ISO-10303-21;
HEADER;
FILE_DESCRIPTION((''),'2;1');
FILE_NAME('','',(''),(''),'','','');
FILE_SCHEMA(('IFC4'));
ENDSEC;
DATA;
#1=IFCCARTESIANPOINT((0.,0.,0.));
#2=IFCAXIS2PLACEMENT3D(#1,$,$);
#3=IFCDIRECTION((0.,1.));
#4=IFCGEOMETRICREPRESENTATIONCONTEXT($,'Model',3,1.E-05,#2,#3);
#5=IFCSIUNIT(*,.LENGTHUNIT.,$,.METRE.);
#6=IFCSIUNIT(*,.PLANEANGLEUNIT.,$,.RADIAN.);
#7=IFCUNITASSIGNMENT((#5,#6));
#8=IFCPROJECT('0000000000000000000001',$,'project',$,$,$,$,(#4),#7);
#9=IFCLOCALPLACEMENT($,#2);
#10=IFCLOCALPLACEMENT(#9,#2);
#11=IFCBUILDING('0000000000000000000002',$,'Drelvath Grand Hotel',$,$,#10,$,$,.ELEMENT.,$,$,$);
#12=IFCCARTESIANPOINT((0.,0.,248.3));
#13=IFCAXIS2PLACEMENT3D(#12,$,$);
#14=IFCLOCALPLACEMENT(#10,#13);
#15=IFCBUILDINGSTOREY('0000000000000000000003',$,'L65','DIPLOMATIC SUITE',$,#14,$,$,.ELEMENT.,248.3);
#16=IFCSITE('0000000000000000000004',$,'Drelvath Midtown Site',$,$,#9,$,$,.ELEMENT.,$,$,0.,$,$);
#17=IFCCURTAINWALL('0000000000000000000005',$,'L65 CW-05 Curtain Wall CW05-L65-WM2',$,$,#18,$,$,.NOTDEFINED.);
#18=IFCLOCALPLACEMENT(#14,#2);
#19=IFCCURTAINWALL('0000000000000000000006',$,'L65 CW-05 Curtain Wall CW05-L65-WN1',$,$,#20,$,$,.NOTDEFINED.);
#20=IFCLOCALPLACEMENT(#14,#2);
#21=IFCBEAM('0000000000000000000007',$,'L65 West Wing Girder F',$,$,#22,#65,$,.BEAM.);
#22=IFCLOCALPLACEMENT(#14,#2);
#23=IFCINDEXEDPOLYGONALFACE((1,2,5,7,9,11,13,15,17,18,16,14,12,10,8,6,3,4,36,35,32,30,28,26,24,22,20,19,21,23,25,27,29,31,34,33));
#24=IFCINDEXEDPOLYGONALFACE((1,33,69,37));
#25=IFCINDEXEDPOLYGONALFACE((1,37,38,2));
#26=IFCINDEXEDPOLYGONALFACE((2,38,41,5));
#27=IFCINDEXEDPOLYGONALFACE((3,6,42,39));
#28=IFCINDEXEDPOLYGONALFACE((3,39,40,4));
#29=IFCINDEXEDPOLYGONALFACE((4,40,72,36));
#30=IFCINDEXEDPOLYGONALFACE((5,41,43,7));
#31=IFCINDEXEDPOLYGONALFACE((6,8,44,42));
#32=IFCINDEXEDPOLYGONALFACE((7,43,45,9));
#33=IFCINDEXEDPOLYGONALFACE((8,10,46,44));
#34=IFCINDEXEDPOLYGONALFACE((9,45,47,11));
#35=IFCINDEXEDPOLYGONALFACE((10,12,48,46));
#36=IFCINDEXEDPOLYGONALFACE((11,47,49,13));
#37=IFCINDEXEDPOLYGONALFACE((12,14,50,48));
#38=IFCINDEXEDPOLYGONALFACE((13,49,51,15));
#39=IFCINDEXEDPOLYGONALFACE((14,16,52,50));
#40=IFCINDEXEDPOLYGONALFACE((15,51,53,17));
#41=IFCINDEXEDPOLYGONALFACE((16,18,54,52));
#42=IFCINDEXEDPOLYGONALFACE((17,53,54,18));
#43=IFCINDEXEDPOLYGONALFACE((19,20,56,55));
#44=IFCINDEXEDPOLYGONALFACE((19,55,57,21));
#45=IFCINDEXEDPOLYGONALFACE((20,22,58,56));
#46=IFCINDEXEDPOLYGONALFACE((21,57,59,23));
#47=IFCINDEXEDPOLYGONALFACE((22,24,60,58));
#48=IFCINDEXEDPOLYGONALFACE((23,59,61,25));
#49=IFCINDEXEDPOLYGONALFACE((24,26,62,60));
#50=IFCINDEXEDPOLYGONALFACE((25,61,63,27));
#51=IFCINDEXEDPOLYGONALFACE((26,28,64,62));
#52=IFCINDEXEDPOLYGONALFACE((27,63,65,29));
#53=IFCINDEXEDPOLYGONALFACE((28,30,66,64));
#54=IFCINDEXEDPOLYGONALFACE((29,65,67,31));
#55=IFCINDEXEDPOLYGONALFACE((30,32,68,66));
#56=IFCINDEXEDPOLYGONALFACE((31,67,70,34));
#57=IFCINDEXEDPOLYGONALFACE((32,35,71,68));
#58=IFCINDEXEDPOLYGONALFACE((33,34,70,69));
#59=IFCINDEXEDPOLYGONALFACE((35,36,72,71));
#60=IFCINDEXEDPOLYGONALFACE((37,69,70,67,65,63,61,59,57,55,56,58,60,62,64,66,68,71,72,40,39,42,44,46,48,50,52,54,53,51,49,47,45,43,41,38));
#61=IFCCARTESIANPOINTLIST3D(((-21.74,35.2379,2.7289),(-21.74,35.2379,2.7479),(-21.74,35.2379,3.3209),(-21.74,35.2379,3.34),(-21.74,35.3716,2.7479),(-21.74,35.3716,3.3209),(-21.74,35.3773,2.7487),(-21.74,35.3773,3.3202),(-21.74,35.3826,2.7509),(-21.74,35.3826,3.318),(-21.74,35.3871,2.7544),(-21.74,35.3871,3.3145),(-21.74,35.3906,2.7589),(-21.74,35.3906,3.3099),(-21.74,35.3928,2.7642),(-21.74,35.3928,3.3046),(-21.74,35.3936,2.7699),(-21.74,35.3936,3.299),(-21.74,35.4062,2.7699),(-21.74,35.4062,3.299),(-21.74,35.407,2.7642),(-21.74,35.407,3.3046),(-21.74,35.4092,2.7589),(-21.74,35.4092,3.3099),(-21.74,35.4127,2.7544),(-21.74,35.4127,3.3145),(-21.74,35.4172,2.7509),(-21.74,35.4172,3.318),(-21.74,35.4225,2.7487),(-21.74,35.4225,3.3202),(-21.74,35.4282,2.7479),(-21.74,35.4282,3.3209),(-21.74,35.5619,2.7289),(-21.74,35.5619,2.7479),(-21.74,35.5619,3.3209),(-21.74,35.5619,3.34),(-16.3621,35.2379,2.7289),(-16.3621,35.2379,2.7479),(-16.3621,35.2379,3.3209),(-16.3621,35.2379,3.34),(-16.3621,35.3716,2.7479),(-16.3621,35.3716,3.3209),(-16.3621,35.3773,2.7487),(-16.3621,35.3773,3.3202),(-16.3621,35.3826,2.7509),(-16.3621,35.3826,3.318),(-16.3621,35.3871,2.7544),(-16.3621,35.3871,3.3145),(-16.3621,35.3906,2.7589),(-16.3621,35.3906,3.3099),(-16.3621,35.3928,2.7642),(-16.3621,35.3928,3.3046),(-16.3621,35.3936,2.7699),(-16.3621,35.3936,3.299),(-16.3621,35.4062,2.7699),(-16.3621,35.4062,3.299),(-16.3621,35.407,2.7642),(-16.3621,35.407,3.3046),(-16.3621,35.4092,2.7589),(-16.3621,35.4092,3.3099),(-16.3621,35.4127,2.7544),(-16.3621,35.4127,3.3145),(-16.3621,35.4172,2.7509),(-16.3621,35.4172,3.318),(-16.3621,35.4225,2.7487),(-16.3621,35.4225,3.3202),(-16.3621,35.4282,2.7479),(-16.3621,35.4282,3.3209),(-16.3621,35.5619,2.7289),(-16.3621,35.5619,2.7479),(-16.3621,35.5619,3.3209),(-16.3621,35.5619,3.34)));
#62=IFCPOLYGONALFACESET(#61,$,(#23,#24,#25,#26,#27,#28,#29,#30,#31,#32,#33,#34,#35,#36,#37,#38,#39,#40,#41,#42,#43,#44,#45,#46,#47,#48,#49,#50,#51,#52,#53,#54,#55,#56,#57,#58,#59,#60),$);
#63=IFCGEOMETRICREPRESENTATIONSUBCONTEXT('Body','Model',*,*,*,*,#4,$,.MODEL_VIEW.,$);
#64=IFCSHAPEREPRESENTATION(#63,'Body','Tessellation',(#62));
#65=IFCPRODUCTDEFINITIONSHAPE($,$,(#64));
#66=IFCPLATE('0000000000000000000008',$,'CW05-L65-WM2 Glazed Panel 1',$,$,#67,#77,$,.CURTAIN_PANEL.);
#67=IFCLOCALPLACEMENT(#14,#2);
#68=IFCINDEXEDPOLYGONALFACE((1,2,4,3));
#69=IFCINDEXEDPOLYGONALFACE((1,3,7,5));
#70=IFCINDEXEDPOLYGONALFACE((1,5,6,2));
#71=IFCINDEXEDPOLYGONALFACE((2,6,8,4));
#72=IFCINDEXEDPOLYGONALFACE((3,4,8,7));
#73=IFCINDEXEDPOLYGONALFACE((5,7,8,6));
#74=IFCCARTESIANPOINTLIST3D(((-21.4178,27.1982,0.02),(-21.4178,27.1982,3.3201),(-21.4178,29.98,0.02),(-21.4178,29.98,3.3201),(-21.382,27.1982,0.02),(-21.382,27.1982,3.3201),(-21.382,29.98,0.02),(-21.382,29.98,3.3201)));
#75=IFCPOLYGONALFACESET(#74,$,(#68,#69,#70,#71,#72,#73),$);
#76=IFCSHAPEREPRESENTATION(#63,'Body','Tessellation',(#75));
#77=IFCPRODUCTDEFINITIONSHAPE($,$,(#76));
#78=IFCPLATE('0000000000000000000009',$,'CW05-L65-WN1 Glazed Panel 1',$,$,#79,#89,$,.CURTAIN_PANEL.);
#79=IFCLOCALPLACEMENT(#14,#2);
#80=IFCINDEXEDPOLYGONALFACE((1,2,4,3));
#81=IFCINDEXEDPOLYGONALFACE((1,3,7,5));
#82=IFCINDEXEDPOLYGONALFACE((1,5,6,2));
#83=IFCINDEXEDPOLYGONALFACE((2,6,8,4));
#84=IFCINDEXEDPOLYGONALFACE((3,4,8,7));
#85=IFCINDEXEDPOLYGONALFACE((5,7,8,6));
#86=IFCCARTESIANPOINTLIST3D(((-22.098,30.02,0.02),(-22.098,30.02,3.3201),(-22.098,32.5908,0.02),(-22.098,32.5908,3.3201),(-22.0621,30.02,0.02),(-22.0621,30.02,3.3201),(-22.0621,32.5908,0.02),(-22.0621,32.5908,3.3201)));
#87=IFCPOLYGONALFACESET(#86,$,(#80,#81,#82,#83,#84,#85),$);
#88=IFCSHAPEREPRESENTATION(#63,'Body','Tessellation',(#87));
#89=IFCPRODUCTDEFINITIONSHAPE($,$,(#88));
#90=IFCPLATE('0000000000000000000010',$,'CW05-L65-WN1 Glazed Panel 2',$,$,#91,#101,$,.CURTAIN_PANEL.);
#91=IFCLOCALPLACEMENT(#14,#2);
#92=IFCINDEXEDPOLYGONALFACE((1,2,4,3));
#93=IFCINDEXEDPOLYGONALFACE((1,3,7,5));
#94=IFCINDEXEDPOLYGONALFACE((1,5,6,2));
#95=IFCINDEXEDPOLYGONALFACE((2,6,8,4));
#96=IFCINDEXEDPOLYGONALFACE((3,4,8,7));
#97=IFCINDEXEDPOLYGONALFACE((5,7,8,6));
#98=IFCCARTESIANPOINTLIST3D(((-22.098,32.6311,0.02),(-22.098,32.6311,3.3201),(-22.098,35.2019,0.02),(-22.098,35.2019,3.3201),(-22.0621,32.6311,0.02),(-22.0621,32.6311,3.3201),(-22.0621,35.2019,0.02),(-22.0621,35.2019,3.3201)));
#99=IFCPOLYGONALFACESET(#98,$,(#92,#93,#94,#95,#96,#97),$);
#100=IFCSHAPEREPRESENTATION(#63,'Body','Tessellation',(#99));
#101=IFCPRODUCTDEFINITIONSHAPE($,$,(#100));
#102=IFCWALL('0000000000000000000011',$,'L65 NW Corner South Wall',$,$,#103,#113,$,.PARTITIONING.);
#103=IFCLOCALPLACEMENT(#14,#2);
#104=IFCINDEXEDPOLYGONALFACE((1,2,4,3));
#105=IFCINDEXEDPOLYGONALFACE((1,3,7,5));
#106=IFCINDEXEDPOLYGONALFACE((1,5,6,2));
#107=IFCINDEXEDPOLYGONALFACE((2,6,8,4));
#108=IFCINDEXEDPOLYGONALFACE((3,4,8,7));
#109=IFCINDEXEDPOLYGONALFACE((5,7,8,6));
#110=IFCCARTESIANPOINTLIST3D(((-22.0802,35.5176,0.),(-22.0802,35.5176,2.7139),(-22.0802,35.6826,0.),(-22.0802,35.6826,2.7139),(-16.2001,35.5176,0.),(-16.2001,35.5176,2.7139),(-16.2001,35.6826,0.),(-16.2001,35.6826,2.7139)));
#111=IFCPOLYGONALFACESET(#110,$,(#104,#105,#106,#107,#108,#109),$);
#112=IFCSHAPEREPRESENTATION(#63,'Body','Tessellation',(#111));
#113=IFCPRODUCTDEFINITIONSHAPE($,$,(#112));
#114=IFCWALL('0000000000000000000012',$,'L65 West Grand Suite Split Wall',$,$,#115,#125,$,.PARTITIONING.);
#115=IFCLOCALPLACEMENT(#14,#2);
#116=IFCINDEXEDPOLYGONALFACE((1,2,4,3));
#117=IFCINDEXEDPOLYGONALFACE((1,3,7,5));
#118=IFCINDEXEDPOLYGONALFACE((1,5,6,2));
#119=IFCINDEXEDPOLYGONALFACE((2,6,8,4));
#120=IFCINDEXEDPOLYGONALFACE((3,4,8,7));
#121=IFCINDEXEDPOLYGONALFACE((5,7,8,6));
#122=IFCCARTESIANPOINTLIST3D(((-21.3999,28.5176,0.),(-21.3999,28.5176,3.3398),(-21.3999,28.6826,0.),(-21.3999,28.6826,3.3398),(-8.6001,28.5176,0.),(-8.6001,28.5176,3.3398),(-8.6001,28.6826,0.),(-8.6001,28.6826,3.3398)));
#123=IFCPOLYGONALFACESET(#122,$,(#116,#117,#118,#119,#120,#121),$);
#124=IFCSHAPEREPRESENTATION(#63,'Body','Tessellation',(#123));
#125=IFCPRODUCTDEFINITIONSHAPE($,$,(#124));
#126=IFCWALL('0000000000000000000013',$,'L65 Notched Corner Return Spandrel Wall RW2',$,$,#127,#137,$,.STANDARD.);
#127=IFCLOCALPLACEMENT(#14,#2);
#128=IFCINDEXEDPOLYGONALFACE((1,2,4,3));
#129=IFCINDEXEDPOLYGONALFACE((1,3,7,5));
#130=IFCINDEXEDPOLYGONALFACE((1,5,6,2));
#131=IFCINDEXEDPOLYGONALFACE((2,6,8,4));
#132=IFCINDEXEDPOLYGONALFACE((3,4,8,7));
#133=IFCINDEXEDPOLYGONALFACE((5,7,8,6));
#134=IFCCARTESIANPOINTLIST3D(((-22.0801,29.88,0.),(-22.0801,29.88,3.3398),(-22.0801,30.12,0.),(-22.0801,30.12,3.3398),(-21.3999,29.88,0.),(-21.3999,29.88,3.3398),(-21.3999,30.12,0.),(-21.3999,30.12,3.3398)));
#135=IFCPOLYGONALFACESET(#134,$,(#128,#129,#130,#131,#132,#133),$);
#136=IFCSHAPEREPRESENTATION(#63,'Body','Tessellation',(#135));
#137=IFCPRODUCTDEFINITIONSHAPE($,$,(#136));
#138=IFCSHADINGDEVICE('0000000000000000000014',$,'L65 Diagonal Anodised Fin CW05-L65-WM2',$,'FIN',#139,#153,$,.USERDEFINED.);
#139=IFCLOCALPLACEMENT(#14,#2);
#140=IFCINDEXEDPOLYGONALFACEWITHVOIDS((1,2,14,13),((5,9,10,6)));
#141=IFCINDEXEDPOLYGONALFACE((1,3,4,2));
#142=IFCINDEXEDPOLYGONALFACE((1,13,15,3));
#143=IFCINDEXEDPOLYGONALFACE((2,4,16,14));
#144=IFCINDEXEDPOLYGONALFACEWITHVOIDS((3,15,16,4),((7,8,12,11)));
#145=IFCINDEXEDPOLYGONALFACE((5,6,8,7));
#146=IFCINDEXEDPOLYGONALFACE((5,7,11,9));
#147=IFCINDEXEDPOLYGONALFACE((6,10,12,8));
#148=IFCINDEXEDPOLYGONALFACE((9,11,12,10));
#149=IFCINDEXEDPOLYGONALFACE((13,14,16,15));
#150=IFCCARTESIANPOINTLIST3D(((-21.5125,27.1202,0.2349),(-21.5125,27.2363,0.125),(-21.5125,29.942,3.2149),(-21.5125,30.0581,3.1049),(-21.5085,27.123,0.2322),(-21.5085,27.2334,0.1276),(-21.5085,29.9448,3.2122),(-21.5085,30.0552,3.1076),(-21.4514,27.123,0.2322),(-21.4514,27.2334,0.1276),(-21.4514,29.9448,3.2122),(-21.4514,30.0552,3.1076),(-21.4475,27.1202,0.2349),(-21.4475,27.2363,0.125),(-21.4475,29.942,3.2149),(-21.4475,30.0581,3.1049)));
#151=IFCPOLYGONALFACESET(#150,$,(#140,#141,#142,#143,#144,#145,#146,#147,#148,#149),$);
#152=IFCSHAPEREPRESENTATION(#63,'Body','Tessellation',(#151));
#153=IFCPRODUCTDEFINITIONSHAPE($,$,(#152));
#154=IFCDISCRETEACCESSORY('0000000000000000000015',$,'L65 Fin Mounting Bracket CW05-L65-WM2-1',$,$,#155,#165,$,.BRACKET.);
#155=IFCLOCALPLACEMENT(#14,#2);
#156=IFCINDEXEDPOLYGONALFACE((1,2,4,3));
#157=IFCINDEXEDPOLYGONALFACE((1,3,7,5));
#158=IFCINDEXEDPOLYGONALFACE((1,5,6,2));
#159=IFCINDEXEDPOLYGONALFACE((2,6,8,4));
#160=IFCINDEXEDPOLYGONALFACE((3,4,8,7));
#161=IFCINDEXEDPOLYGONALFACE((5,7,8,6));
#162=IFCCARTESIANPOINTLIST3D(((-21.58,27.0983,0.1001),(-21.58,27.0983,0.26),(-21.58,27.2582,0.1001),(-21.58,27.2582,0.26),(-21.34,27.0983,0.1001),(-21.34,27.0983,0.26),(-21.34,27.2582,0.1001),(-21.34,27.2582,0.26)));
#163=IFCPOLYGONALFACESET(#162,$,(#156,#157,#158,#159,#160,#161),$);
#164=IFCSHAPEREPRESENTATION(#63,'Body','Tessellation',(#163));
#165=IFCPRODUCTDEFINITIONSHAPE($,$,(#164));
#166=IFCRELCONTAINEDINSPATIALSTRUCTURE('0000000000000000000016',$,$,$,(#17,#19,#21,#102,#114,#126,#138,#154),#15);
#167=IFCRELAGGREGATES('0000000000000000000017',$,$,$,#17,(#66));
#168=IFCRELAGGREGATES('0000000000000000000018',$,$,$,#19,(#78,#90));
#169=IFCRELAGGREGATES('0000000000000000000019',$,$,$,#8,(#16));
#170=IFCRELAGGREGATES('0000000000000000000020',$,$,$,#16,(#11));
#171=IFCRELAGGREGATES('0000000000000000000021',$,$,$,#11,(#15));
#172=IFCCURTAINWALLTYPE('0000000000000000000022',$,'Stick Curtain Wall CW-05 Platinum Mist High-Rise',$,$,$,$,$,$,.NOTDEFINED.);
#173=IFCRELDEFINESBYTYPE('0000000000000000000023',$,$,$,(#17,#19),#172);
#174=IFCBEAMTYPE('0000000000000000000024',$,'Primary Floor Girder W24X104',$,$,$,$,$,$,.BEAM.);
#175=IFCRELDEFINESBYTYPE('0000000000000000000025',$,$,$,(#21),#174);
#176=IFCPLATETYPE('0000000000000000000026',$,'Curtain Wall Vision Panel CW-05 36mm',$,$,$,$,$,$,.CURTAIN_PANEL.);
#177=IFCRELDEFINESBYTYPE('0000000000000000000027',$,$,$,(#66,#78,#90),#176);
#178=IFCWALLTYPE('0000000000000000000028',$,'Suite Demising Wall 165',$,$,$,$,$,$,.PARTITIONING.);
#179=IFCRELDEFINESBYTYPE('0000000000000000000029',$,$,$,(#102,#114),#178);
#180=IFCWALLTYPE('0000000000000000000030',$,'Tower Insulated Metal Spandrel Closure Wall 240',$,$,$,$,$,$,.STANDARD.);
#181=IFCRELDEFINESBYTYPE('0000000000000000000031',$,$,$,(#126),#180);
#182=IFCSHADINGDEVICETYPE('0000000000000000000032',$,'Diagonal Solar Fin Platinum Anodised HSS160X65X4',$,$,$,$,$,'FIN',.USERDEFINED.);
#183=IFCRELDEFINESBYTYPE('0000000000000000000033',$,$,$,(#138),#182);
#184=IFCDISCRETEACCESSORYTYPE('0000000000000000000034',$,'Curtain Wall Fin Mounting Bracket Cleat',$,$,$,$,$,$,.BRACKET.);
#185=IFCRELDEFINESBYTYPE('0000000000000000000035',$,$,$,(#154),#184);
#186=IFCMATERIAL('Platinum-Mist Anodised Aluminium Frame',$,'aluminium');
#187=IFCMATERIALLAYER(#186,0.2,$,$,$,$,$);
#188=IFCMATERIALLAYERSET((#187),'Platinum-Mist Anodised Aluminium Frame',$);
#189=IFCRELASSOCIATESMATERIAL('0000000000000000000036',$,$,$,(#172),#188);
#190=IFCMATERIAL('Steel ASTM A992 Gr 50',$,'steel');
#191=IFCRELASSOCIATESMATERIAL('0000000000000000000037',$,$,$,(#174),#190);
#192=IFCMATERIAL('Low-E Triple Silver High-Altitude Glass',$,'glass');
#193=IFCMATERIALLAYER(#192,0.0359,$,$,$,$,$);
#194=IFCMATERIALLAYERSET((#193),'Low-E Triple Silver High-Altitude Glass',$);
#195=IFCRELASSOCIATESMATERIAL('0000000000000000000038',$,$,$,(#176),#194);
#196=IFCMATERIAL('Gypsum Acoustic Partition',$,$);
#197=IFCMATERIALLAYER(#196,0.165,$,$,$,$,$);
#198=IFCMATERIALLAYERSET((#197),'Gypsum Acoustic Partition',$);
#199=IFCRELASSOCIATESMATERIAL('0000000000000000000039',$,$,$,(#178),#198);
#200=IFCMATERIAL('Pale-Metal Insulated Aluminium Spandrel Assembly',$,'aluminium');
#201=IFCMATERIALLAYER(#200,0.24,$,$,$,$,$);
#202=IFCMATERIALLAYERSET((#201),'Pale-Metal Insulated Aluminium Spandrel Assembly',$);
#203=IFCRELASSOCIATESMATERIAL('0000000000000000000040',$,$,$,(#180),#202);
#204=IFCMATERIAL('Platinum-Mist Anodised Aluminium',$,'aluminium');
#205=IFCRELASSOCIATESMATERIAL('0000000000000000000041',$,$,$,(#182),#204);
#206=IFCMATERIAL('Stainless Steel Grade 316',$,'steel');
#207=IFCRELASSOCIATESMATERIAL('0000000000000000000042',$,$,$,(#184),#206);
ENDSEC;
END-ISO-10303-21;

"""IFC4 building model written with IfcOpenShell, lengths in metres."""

from ifc_helpers import new_model, si_unit, direction, frame, frame_2d, origin, origin_2d, place, context, subcontext, project, spatial, rectangle, hollow_rectangle, i_section, extrude, material, layer, layer_set, material_profile, profile_set, type_object, element, aggregate, save


model = new_model("IFC4")

# Units and contexts
model_context = context("Model", 3, precision=1e-05, world=origin(), true_north=direction((0.0, 1.0)))
body_context = subcontext(model_context, "Body", "Model", "MODEL_VIEW")
ifc_project = project(units=[si_unit("LENGTHUNIT", "METRE"), si_unit("PLANEANGLEUNIT", "RADIAN")], contexts=[model_context])

# Site, building, storey
site_placement = place(None, origin())
site = spatial("IfcSite", under=ifc_project, at=site_placement, Name="Drelvath Midtown Site", CompositionType="ELEMENT", RefElevation=0.0)
building_placement = place(site_placement, origin())
building = spatial("IfcBuilding", under=site, at=building_placement, Name="Drelvath Grand Hotel", CompositionType="ELEMENT")
storey_placement = place(building_placement, frame((0.0, 0.0, 248.3)))
storey = spatial("IfcBuildingStorey", under=building, at=storey_placement, Name="L65", Description="DIPLOMATIC SUITE", CompositionType="ELEMENT", Elevation=248.3)

# Curtain walls
ifc_material_1 = material(Name="Platinum-Mist Anodised Aluminium Frame", Category="aluminium")
ifc_layer_1 = layer(ifc_material_1, 0.2)
ifc_layer_set_1 = layer_set([ifc_layer_1], Name="Platinum-Mist Anodised Aluminium Frame")
curtain_wall_type = type_object("IfcCurtainWallType", Name="Stick Curtain Wall CW-05 Platinum Mist High-Rise", PredefinedType="NOTDEFINED", material=ifc_layer_set_1)
curtain_wall_1_placement = place(storey_placement, origin())
curtain_wall_1 = element("IfcCurtainWall", 1, at=curtain_wall_1_placement, inside=storey, type_object=curtain_wall_type, Name="L65 CW-05 Curtain Wall CW05-L65-WM2", PredefinedType="NOTDEFINED")
curtain_wall_2_placement = place(storey_placement, origin())
curtain_wall_2 = element("IfcCurtainWall", 2, at=curtain_wall_2_placement, inside=storey, type_object=curtain_wall_type, Name="L65 CW-05 Curtain Wall CW05-L65-WN1", PredefinedType="NOTDEFINED")

# Beam
ifc_material_2 = material(Name="Steel ASTM A992 Gr 50", Category="steel")
ifc_material_profile_1 = material_profile(ifc_material_2, i_section(OverallWidth=0.324, OverallDepth=0.6111, WebThickness=0.0127, FlangeThickness=0.019, FilletRadius=0.022, at=origin_2d()), Name="W24X104")
ifc_profile_set_1 = profile_set([ifc_material_profile_1], Name="Steel ASTM A992 Gr 50")
beam_type_1 = type_object("IfcBeamType", Name="Primary Floor Girder W24X104", PredefinedType="BEAM", material=ifc_profile_set_1)
beam_1_placement = place(storey_placement, frame((-21.74, 35.3999, 3.0344), z_axis=(1.0, 0.0, 0.0), x_axis=(0.0, 1.0, 0.0)))
element("IfcBeam", 3, at=beam_1_placement, inside=storey, type_object=beam_type_1, Name="L65 West Wing Girder F", PredefinedType="BEAM", context=body_context, shape_type="SweptSolid", body=[
    extrude(i_section(OverallWidth=0.324, OverallDepth=0.6111, WebThickness=0.0127, FlangeThickness=0.019, FilletRadius=0.022, at=origin_2d()), origin(), (0.0, 0.0, 1.0), 5.3779),
])

# Plates
ifc_material_3 = material(Name="Low-E Triple Silver High-Altitude Glass", Category="glass")
ifc_layer_2 = layer(ifc_material_3, 0.0359)
ifc_layer_set_2 = layer_set([ifc_layer_2], Name="Low-E Triple Silver High-Altitude Glass")
plate_type = type_object("IfcPlateType", Name="Curtain Wall Vision Panel CW-05 36mm", PredefinedType="CURTAIN_PANEL", material=ifc_layer_set_2)
plate_1_placement = place(storey_placement, frame((-21.3999, 28.5891, 0.02), z_axis=(0.0, 0.0, 1.0), x_axis=(0.0, 1.0, 0.0)))
plate_1 = element("IfcPlate", 4, at=plate_1_placement, type_object=plate_type, Name="CW05-L65-WM2 Glazed Panel 1", PredefinedType="CURTAIN_PANEL", context=body_context, shape_type="SweptSolid", body=[
    extrude(rectangle(XDim=2.7817, YDim=0.0359, at=origin_2d()), origin(), (0.0, 0.0, 1.0), 3.3),
])
aggregate(curtain_wall_1, [plate_1])
plate_2_placement = place(storey_placement, frame((-22.0801, 31.3054, 0.02), z_axis=(0.0, 0.0, 1.0), x_axis=(0.0, 1.0, 0.0)))
plate_2 = element("IfcPlate", 5, at=plate_2_placement, type_object=plate_type, Name="CW05-L65-WN1 Glazed Panel 1", PredefinedType="CURTAIN_PANEL", context=body_context, shape_type="SweptSolid", body=[
    extrude(rectangle(XDim=2.5708, YDim=0.0359, at=origin_2d()), origin(), (0.0, 0.0, 1.0), 3.3),
])
plate_3_placement = place(storey_placement, frame((-22.0801, 33.9165, 0.02), z_axis=(0.0, 0.0, 1.0), x_axis=(0.0, 1.0, 0.0)))
plate_3 = element("IfcPlate", 6, at=plate_3_placement, type_object=plate_type, Name="CW05-L65-WN1 Glazed Panel 2", PredefinedType="CURTAIN_PANEL", context=body_context, shape_type="SweptSolid", body=[
    extrude(rectangle(XDim=2.5708, YDim=0.0359, at=origin_2d()), origin(), (0.0, 0.0, 1.0), 3.3),
])
aggregate(curtain_wall_2, [plate_2, plate_3])

# Walls
ifc_material_4 = material(Name="Gypsum Acoustic Partition")
ifc_layer_3 = layer(ifc_material_4, 0.165)
ifc_layer_set_3 = layer_set([ifc_layer_3], Name="Gypsum Acoustic Partition")
wall_type_1 = type_object("IfcWallType", Name="Suite Demising Wall 165", PredefinedType="PARTITIONING", material=ifc_layer_set_3)
wall_1_placement = place(storey_placement, frame((-22.0801, 35.6001, 0.0), z_axis=(0.0, 0.0, 1.0), x_axis=(1.0, 0.0, 0.0)))
element("IfcWall", 7, at=wall_1_placement, inside=storey, type_object=wall_type_1, Name="L65 NW Corner South Wall", PredefinedType="PARTITIONING", context=body_context, shape_type="SweptSolid", body=[
    extrude(rectangle(XDim=5.8801, YDim=0.165, at=frame_2d((2.9399, 0.0))), origin(), (0.0, 0.0, 1.0), 2.7139),
])
wall_2_placement = place(storey_placement, frame((-21.3999, 28.6001, 0.0), z_axis=(0.0, 0.0, 1.0), x_axis=(1.0, 0.0, 0.0)))
element("IfcWall", 8, at=wall_2_placement, inside=storey, type_object=wall_type_1, Name="L65 West Grand Suite Split Wall", PredefinedType="PARTITIONING", context=body_context, shape_type="SweptSolid", body=[
    extrude(rectangle(XDim=12.7998, YDim=0.165, at=frame_2d((6.3999, 0.0))), origin(), (0.0, 0.0, 1.0), 3.3398),
])
ifc_material_5 = material(Name="Pale-Metal Insulated Aluminium Spandrel Assembly", Category="aluminium")
ifc_layer_4 = layer(ifc_material_5, 0.24)
ifc_layer_set_4 = layer_set([ifc_layer_4], Name="Pale-Metal Insulated Aluminium Spandrel Assembly")
wall_type_2 = type_object("IfcWallType", Name="Tower Insulated Metal Spandrel Closure Wall 240", PredefinedType="STANDARD", material=ifc_layer_set_4)
wall_3_placement = place(storey_placement, frame((-21.3999, 30.0, 0.0), z_axis=(0.0, 0.0, 1.0), x_axis=(-1.0, 0.0, 0.0)))
element("IfcWall", 9, at=wall_3_placement, inside=storey, type_object=wall_type_2, Name="L65 Notched Corner Return Spandrel Wall RW2", PredefinedType="STANDARD", context=body_context, shape_type="SweptSolid", body=[
    extrude(rectangle(XDim=0.6802, YDim=0.24, at=frame_2d((0.3401, 0.0))), origin(), (0.0, 0.0, 1.0), 3.3398),
])

# Shading device
ifc_material_6 = material(Name="Platinum-Mist Anodised Aluminium", Category="aluminium")
ifc_material_profile_2 = material_profile(ifc_material_6, hollow_rectangle(XDim=0.0649, YDim=0.1599, WallThickness=0.0039, at=origin_2d()), Name="HSS160X65X4")
ifc_profile_set_2 = profile_set([ifc_material_profile_2], Name="Platinum-Mist Anodised Aluminium")
shading_device_type = type_object("IfcShadingDeviceType", Name="Diagonal Solar Fin Platinum Anodised HSS160X65X4", ElementType="FIN", PredefinedType="USERDEFINED", material=ifc_profile_set_2)
shading_device_placement = place(storey_placement, frame((-21.48, 27.1782, 0.1799), z_axis=(0.0, 0.68757, 0.726118), x_axis=(-1.0, 0.0, 0.0)))
element("IfcShadingDevice", 10, at=shading_device_placement, inside=storey, type_object=shading_device_type, Name="L65 Diagonal Anodised Fin CW05-L65-WM2", ObjectType="FIN", PredefinedType="USERDEFINED", context=body_context, shape_type="SweptSolid", body=[
    extrude(hollow_rectangle(XDim=0.0649, YDim=0.1599, WallThickness=0.0039, at=origin_2d()), origin(), (0.0, 0.0, 1.0), 4.104),
])

# Discrete accessory
ifc_material_7 = material(Name="Stainless Steel Grade 316", Category="steel")
discrete_accessory_type = type_object("IfcDiscreteAccessoryType", Name="Curtain Wall Fin Mounting Bracket Cleat", PredefinedType="BRACKET", material=ifc_material_7)
discrete_accessory_placement = place(storey_placement, frame((-21.46, 27.1782, 0.1001), z_axis=(0.0, 0.0, 1.0), x_axis=(0.0, 1.0, 0.0)))
element("IfcDiscreteAccessory", 11, at=discrete_accessory_placement, inside=storey, type_object=discrete_accessory_type, Name="L65 Fin Mounting Bracket CW05-L65-WM2-1", PredefinedType="BRACKET", context=body_context, shape_type="SweptSolid", body=[
    extrude(rectangle(XDim=0.1599, YDim=0.24, at=origin_2d()), origin(), (0.0, 0.0, 1.0), 0.1599),
])

save(model, "model.ifc")
